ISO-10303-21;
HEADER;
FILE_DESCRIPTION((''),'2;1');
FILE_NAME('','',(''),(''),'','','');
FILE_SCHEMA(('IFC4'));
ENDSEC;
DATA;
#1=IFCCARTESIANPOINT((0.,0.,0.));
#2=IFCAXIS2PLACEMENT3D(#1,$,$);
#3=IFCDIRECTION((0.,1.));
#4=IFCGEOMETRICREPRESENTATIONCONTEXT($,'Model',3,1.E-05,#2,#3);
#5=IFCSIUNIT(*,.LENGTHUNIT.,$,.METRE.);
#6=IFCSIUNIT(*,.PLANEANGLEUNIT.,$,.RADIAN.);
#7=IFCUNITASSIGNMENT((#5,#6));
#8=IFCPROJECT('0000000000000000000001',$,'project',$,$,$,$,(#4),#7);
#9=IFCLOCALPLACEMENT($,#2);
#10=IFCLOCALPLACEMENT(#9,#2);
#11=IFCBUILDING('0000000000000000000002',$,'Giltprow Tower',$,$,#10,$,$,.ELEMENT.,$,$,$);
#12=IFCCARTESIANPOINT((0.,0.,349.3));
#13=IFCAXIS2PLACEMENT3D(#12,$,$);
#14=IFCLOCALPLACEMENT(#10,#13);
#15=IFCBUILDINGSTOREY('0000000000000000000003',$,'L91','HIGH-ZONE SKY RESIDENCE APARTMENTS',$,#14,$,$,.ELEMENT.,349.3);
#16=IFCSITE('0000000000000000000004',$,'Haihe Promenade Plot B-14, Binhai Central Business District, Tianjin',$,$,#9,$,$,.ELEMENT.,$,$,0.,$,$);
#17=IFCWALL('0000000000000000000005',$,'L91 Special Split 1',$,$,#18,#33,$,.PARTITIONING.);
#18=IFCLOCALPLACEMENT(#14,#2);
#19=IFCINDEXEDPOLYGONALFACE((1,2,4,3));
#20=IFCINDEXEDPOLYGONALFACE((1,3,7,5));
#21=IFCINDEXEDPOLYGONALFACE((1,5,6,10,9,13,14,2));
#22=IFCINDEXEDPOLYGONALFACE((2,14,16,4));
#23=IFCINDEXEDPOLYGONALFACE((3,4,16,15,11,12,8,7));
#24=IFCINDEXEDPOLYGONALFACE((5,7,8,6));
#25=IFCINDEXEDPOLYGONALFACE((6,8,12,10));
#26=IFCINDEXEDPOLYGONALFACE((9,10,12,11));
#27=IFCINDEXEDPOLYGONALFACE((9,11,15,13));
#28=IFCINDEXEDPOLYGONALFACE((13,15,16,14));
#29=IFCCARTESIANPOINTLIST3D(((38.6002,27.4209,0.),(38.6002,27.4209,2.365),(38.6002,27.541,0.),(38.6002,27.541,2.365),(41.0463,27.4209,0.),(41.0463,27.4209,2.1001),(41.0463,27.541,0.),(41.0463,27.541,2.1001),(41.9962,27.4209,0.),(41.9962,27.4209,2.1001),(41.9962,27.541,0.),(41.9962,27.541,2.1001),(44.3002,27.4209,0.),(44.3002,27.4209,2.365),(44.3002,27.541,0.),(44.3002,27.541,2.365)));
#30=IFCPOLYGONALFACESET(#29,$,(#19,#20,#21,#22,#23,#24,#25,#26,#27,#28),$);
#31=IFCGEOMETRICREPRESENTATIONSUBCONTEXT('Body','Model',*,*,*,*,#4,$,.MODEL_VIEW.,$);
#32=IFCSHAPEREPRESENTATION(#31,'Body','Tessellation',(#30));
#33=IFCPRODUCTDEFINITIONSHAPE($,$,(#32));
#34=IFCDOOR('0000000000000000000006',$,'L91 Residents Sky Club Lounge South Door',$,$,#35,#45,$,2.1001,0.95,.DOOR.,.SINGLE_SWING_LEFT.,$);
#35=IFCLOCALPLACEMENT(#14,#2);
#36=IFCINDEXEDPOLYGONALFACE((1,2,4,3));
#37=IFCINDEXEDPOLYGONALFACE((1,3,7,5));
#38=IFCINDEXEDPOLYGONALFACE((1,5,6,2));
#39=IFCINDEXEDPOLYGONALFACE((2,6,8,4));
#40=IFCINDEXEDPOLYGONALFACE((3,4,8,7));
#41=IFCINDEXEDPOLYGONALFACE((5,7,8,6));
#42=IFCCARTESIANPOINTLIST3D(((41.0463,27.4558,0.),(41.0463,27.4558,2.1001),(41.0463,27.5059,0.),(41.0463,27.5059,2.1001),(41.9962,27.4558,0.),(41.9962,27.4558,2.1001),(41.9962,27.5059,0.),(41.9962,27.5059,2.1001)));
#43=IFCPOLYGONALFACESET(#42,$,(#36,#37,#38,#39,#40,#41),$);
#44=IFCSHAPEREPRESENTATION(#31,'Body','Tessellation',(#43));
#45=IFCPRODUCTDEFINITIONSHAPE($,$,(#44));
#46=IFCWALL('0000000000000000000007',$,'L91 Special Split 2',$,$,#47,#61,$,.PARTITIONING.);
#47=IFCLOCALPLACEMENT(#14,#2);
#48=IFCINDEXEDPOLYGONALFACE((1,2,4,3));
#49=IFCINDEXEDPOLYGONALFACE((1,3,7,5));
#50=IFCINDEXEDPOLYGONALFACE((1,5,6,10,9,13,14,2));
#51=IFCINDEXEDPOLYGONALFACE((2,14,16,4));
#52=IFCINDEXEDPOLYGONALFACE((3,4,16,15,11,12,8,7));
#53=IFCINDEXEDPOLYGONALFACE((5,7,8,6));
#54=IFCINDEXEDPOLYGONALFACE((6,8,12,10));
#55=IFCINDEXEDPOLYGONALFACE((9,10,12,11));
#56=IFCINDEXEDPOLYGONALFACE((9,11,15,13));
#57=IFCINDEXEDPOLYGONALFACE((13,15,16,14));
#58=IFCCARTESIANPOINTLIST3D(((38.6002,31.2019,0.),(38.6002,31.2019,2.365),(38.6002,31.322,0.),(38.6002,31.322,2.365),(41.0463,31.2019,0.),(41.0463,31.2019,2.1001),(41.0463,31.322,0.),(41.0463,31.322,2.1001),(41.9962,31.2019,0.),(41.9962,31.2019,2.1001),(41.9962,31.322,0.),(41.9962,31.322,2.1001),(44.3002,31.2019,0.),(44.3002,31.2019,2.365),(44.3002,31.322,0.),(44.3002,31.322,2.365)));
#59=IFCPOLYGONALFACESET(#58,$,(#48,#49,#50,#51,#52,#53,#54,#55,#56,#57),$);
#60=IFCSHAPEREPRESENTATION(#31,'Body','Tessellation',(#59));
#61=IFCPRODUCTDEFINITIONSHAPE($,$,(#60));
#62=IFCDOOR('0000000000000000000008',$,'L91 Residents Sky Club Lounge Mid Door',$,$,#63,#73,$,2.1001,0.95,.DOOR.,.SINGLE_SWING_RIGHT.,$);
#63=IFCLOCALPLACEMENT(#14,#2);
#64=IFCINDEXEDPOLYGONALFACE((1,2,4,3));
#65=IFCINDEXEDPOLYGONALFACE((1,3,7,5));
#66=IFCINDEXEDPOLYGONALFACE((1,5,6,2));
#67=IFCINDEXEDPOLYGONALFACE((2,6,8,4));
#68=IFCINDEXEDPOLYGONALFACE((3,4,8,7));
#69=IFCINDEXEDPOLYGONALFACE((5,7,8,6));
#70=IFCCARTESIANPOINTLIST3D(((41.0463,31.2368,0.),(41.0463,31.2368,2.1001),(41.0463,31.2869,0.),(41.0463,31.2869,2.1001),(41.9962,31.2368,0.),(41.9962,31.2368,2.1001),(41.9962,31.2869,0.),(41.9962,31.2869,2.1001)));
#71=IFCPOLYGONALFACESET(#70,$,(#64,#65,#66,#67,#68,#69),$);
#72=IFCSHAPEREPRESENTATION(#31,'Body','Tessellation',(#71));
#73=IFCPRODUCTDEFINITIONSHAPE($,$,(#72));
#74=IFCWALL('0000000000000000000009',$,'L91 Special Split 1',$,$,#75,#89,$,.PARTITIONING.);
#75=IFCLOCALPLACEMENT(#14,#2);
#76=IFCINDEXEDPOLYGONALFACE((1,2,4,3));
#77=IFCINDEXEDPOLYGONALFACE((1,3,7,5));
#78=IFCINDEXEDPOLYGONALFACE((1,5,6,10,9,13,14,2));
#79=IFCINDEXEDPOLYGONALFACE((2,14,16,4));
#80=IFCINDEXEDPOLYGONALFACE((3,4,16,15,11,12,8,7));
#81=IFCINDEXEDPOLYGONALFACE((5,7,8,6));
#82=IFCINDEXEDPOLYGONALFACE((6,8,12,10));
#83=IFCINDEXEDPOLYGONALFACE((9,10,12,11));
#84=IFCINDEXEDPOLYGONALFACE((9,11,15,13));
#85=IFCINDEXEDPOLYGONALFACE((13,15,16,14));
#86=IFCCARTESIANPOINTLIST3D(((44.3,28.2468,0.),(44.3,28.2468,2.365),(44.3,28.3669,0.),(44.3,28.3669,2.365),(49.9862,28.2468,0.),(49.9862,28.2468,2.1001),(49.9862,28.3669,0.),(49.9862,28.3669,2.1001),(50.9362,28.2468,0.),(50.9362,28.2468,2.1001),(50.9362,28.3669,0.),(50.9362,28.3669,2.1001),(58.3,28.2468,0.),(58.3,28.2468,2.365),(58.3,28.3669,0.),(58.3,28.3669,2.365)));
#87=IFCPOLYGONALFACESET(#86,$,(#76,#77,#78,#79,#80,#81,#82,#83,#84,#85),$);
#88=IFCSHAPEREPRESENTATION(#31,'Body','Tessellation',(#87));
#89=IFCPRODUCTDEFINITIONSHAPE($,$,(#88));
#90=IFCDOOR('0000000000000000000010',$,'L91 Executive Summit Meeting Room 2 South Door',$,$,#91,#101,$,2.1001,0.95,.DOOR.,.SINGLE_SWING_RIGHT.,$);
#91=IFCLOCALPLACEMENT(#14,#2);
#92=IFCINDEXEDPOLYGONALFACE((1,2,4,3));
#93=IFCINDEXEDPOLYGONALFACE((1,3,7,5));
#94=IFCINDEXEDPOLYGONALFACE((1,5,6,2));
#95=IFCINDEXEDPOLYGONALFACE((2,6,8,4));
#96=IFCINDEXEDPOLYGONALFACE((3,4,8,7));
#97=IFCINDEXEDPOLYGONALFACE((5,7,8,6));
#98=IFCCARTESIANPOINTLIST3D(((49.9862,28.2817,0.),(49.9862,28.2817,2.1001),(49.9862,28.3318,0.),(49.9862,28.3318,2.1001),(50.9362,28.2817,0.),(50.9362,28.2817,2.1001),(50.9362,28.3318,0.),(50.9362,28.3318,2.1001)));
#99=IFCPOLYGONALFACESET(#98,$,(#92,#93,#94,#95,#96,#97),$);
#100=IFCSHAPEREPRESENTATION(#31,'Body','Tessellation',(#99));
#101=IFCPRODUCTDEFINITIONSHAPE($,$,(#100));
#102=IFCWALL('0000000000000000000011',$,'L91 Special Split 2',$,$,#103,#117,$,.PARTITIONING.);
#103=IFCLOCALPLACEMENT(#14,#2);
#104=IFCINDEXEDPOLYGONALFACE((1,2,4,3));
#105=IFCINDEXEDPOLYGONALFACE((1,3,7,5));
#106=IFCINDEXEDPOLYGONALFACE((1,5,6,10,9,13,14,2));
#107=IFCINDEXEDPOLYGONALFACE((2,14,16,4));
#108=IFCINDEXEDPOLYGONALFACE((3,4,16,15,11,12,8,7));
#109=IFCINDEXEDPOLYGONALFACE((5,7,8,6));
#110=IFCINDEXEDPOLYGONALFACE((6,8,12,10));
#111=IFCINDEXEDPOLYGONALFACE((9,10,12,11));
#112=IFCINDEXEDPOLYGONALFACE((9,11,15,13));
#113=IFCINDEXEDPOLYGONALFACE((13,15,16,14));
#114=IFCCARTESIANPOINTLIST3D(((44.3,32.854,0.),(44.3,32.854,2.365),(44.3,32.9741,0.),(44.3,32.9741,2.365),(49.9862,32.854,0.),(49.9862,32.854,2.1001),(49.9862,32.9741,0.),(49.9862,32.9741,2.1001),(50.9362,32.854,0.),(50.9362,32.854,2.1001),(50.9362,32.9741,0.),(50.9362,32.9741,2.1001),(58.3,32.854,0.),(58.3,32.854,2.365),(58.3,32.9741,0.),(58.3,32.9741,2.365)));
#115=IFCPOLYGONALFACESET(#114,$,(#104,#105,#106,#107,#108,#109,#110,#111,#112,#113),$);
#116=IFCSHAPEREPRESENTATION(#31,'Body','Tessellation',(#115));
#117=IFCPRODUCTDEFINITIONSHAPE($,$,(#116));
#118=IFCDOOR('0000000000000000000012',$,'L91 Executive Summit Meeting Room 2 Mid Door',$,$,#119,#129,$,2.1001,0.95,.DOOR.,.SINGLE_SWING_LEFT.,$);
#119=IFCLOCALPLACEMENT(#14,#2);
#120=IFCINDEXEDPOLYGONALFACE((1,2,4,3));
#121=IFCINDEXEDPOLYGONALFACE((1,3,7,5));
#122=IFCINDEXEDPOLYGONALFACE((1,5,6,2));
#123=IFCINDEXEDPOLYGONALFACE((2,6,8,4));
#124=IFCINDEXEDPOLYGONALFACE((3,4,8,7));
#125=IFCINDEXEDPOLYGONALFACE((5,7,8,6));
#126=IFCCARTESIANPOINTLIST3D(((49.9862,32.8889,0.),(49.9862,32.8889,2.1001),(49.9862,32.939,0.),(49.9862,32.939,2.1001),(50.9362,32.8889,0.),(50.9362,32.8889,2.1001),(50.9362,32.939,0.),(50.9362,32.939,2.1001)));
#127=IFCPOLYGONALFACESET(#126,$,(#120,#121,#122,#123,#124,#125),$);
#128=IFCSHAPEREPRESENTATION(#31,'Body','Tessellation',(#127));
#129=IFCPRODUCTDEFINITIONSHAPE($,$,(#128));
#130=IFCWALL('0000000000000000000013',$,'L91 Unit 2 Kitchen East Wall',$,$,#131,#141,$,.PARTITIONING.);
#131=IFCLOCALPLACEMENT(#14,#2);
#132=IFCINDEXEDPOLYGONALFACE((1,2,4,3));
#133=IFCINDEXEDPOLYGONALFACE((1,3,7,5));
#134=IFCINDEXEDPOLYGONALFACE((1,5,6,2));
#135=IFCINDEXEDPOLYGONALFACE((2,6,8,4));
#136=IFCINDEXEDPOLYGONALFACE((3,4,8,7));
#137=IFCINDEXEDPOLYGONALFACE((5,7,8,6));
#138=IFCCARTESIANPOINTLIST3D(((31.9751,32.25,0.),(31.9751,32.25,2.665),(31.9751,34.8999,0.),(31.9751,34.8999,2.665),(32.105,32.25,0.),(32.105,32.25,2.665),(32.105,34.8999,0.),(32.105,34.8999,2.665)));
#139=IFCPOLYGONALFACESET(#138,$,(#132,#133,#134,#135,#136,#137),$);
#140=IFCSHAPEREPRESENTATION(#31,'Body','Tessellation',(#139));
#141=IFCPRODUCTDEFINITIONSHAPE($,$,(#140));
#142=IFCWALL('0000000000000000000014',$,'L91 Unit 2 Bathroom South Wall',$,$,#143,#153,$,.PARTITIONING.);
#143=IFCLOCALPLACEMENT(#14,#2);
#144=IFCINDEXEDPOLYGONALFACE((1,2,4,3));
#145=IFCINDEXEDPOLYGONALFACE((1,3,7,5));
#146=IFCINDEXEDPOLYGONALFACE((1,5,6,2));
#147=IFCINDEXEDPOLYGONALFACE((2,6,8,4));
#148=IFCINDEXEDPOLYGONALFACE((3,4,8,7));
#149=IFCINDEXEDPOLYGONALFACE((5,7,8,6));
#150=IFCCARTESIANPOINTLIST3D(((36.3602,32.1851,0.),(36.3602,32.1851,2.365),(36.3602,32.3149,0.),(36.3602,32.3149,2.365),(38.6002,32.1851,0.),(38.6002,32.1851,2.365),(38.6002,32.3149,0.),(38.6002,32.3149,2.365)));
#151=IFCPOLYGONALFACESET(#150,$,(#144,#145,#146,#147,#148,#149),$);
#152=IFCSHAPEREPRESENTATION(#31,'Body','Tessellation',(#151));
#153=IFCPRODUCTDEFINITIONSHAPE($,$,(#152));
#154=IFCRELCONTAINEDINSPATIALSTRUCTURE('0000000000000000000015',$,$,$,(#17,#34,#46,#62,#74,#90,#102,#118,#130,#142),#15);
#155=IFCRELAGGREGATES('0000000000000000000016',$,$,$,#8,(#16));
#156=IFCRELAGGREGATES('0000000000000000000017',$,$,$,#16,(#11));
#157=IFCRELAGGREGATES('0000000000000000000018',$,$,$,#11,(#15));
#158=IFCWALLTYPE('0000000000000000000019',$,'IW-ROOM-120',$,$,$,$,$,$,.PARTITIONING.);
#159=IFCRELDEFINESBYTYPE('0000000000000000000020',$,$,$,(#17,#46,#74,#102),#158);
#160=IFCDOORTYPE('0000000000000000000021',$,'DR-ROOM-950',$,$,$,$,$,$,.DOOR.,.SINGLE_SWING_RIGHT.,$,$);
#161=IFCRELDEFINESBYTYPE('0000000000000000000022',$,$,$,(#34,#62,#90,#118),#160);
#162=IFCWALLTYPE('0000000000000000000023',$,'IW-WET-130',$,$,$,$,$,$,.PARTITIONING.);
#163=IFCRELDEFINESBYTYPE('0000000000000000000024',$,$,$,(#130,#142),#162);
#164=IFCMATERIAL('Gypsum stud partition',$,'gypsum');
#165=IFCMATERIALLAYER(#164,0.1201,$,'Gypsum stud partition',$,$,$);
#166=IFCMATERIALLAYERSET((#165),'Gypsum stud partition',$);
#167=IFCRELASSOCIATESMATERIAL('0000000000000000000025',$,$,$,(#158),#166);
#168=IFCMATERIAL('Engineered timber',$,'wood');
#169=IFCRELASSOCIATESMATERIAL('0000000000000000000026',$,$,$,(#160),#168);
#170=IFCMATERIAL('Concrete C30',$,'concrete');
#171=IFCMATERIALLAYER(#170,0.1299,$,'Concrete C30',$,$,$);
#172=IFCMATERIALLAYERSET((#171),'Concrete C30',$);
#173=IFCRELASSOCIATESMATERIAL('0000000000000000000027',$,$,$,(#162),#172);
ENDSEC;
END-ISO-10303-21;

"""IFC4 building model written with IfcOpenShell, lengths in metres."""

from ifc_helpers import new_model, si_unit, direction, frame, frame_2d, origin, place, context, subcontext, project, spatial, rectangle, extrude, source, transform, mapped, material, layer, layer_set, type_object, element, fill, save


model = new_model("IFC4")

# Units and contexts
model_context = context("Model", 3, precision=1e-05, world=origin(), true_north=direction((0.0, 1.0)))
body_context = subcontext(model_context, "Body", "Model", "MODEL_VIEW")
ifc_project = project(units=[si_unit("LENGTHUNIT", "METRE"), si_unit("PLANEANGLEUNIT", "RADIAN")], contexts=[model_context])

# Site, building, storey
site_placement = place(None, origin())
site = spatial("IfcSite", under=ifc_project, at=site_placement, Name="Haihe Promenade Plot B-14, Binhai Central Business District, Tianjin", CompositionType="ELEMENT", RefElevation=0.0)
building_placement = place(site_placement, origin())
building = spatial("IfcBuilding", under=site, at=building_placement, Name="Giltprow Tower", CompositionType="ELEMENT")
storey_placement = place(building_placement, frame((0.0, 0.0, 349.3)))
storey = spatial("IfcBuildingStorey", under=building, at=storey_placement, Name="L91", Description="HIGH-ZONE SKY RESIDENCE APARTMENTS", CompositionType="ELEMENT", Elevation=349.3)

# Shared definitions
ifc_material_1 = material(Name="Gypsum stud partition", Category="gypsum")
ifc_layer_1 = layer(ifc_material_1, 0.1201, Name="Gypsum stud partition")
ifc_layer_set_1 = layer_set([ifc_layer_1], Name="Gypsum stud partition")
wall_type_1 = type_object("IfcWallType", Name="IW-ROOM-120", PredefinedType="PARTITIONING", material=ifc_layer_set_1)

# Walls, openings, doors
wall_1_placement = place(storey_placement, frame((38.6001, 27.481, 0.0), z_axis=(0.0, 0.0, 1.0), x_axis=(1.0, 0.0, 0.0)))
wall_1 = element("IfcWall", 1, at=wall_1_placement, inside=storey, type_object=wall_type_1, Name="L91 Special Split 1", PredefinedType="PARTITIONING", context=body_context, shape_type="SweptSolid", body=[
    extrude(rectangle(XDim=5.7, YDim=0.1201, at=frame_2d((2.8501, 0.0))), origin(), (0.0, 0.0, 1.0), 2.365),
])
opening_1_placement = place(wall_1_placement, frame((2.446, 0.0, 0.0)))
opening_1 = element("IfcOpeningElement", 2, at=opening_1_placement, cuts=wall_1, PredefinedType="OPENING", context=body_context, shape_type="SweptSolid", body=[
    extrude(rectangle(XDim=0.95, YDim=2.1001, at=frame_2d((0.4751, 1.05))), frame((0.0, 0.0701, 0.0), z_axis=(0.0, -1.0, 0.0), x_axis=(1.0, 0.0, 0.0)), (0.0, 0.0, 1.0), 0.1401),
])
ifc_material_2 = material(Name="Engineered timber", Category="wood")
door_type_1 = type_object("IfcDoorType", Name="DR-ROOM-950", OperationType="SINGLE_SWING_RIGHT", PredefinedType="DOOR", material=ifc_material_2)
shared_shape_1 = source(origin(), body_context, "Body", "SweptSolid", [
    extrude(rectangle(XDim=0.95, YDim=2.1001, at=frame_2d((0.4751, 1.05))), frame((0.0, 0.0249, 0.0), z_axis=(0.0, -1.0, 0.0), x_axis=(1.0, 0.0, 0.0)), (0.0, 0.0, 1.0), 0.05),
])
door_1_placement = place(opening_1_placement, origin())
door_1 = element("IfcDoor", 3, at=door_1_placement, inside=storey, type_object=door_type_1, Name="L91 Residents Sky Club Lounge South Door", OperationType="SINGLE_SWING_LEFT", OverallHeight=2.1001, OverallWidth=0.95, PredefinedType="DOOR", context=body_context, shape_type="MappedRepresentation", body=[
    mapped(shared_shape_1, transform((0.0, 0.0, 0.0), x_axis=(1.0, 0.0, 0.0), y_axis=(0.0, 1.0, 0.0), z_axis=(0.0, 0.0, 1.0), scale=1.0)),
])
fill(opening_1, door_1)
wall_2_placement = place(storey_placement, frame((38.6001, 31.262, 0.0), z_axis=(0.0, 0.0, 1.0), x_axis=(1.0, 0.0, 0.0)))
wall_2 = element("IfcWall", 4, at=wall_2_placement, inside=storey, type_object=wall_type_1, Name="L91 Special Split 2", PredefinedType="PARTITIONING", context=body_context, shape_type="SweptSolid", body=[
    extrude(rectangle(XDim=5.7, YDim=0.1201, at=frame_2d((2.8501, 0.0))), origin(), (0.0, 0.0, 1.0), 2.365),
])
opening_2_placement = place(wall_2_placement, frame((2.446, 0.0, 0.0)))
opening_2 = element("IfcOpeningElement", 5, at=opening_2_placement, cuts=wall_2, PredefinedType="OPENING", context=body_context, shape_type="SweptSolid", body=[
    extrude(rectangle(XDim=0.95, YDim=2.1001, at=frame_2d((0.4751, 1.05))), frame((0.0, 0.0701, 0.0), z_axis=(0.0, -1.0, 0.0), x_axis=(1.0, 0.0, 0.0)), (0.0, 0.0, 1.0), 0.1401),
])
door_2_placement = place(opening_2_placement, origin())
door_2 = element("IfcDoor", 6, at=door_2_placement, inside=storey, type_object=door_type_1, Name="L91 Residents Sky Club Lounge Mid Door", OperationType="SINGLE_SWING_RIGHT", OverallHeight=2.1001, OverallWidth=0.95, PredefinedType="DOOR", context=body_context, shape_type="MappedRepresentation", body=[
    mapped(shared_shape_1, transform((0.0, 0.0, 0.0), x_axis=(1.0, 0.0, 0.0), y_axis=(0.0, 1.0, 0.0), z_axis=(0.0, 0.0, 1.0), scale=1.0)),
])
fill(opening_2, door_2)
wall_3_placement = place(storey_placement, frame((44.3, 28.3069, 0.0), z_axis=(0.0, 0.0, 1.0), x_axis=(1.0, 0.0, 0.0)))
wall_3 = element("IfcWall", 7, at=wall_3_placement, inside=storey, type_object=wall_type_1, Name="L91 Special Split 1", PredefinedType="PARTITIONING", context=body_context, shape_type="SweptSolid", body=[
    extrude(rectangle(XDim=14.0, YDim=0.1201, at=frame_2d((7.0, 0.0))), origin(), (0.0, 0.0, 1.0), 2.365),
])
opening_3_placement = place(wall_3_placement, frame((5.686, 0.0, 0.0)))
opening_3 = element("IfcOpeningElement", 8, at=opening_3_placement, cuts=wall_3, PredefinedType="OPENING", context=body_context, shape_type="SweptSolid", body=[
    extrude(rectangle(XDim=0.95, YDim=2.1001, at=frame_2d((0.4751, 1.05))), frame((0.0, 0.0701, 0.0), z_axis=(0.0, -1.0, 0.0), x_axis=(1.0, 0.0, 0.0)), (0.0, 0.0, 1.0), 0.1401),
])
door_3_placement = place(opening_3_placement, origin())
door_3 = element("IfcDoor", 9, at=door_3_placement, inside=storey, type_object=door_type_1, Name="L91 Executive Summit Meeting Room 2 South Door", OperationType="SINGLE_SWING_RIGHT", OverallHeight=2.1001, OverallWidth=0.95, PredefinedType="DOOR", context=body_context, shape_type="MappedRepresentation", body=[
    mapped(shared_shape_1, transform((0.0, 0.0, 0.0), x_axis=(1.0, 0.0, 0.0), y_axis=(0.0, 1.0, 0.0), z_axis=(0.0, 0.0, 1.0), scale=1.0)),
])
fill(opening_3, door_3)
wall_4_placement = place(storey_placement, frame((44.3, 32.9141, 0.0), z_axis=(0.0, 0.0, 1.0), x_axis=(1.0, 0.0, 0.0)))
wall_4 = element("IfcWall", 10, at=wall_4_placement, inside=storey, type_object=wall_type_1, Name="L91 Special Split 2", PredefinedType="PARTITIONING", context=body_context, shape_type="SweptSolid", body=[
    extrude(rectangle(XDim=14.0, YDim=0.1201, at=frame_2d((7.0, 0.0))), origin(), (0.0, 0.0, 1.0), 2.365),
])
opening_4_placement = place(wall_4_placement, frame((5.686, 0.0, 0.0)))
opening_4 = element("IfcOpeningElement", 11, at=opening_4_placement, cuts=wall_4, PredefinedType="OPENING", context=body_context, shape_type="SweptSolid", body=[
    extrude(rectangle(XDim=0.95, YDim=2.1001, at=frame_2d((0.4751, 1.05))), frame((0.0, 0.0701, 0.0), z_axis=(0.0, -1.0, 0.0), x_axis=(1.0, 0.0, 0.0)), (0.0, 0.0, 1.0), 0.1401),
])
door_4_placement = place(opening_4_placement, origin())
door_4 = element("IfcDoor", 12, at=door_4_placement, inside=storey, type_object=door_type_1, Name="L91 Executive Summit Meeting Room 2 Mid Door", OperationType="SINGLE_SWING_LEFT", OverallHeight=2.1001, OverallWidth=0.95, PredefinedType="DOOR", context=body_context, shape_type="MappedRepresentation", body=[
    mapped(shared_shape_1, transform((0.0, 0.0, 0.0), x_axis=(1.0, 0.0, 0.0), y_axis=(0.0, 1.0, 0.0), z_axis=(0.0, 0.0, 1.0), scale=1.0)),
])
fill(opening_4, door_4)

# Walls
ifc_material_3 = material(Name="Concrete C30", Category="concrete")
ifc_layer_2 = layer(ifc_material_3, 0.1299, Name="Concrete C30")
ifc_layer_set_2 = layer_set([ifc_layer_2], Name="Concrete C30")
wall_type_2 = type_object("IfcWallType", Name="IW-WET-130", PredefinedType="PARTITIONING", material=ifc_layer_set_2)
wall_5_placement = place(storey_placement, frame((32.04, 32.25, 0.0), z_axis=(0.0, 0.0, 1.0), x_axis=(0.0, 1.0, 0.0)))
element("IfcWall", 13, at=wall_5_placement, inside=storey, type_object=wall_type_2, Name="L91 Unit 2 Kitchen East Wall", PredefinedType="PARTITIONING", context=body_context, shape_type="SweptSolid", body=[
    extrude(rectangle(XDim=2.6499, YDim=0.1299, at=frame_2d((1.325, 0.0))), origin(), (0.0, 0.0, 1.0), 2.665),
])
wall_6_placement = place(storey_placement, frame((36.3601, 32.25, 0.0), z_axis=(0.0, 0.0, 1.0), x_axis=(1.0, 0.0, 0.0)))
element("IfcWall", 14, at=wall_6_placement, inside=storey, type_object=wall_type_2, Name="L91 Unit 2 Bathroom South Wall", PredefinedType="PARTITIONING", context=body_context, shape_type="SweptSolid", body=[
    extrude(rectangle(XDim=2.24, YDim=0.1299, at=frame_2d((1.1201, 0.0))), origin(), (0.0, 0.0, 1.0), 2.365),
])

save(model, "model.ifc")
